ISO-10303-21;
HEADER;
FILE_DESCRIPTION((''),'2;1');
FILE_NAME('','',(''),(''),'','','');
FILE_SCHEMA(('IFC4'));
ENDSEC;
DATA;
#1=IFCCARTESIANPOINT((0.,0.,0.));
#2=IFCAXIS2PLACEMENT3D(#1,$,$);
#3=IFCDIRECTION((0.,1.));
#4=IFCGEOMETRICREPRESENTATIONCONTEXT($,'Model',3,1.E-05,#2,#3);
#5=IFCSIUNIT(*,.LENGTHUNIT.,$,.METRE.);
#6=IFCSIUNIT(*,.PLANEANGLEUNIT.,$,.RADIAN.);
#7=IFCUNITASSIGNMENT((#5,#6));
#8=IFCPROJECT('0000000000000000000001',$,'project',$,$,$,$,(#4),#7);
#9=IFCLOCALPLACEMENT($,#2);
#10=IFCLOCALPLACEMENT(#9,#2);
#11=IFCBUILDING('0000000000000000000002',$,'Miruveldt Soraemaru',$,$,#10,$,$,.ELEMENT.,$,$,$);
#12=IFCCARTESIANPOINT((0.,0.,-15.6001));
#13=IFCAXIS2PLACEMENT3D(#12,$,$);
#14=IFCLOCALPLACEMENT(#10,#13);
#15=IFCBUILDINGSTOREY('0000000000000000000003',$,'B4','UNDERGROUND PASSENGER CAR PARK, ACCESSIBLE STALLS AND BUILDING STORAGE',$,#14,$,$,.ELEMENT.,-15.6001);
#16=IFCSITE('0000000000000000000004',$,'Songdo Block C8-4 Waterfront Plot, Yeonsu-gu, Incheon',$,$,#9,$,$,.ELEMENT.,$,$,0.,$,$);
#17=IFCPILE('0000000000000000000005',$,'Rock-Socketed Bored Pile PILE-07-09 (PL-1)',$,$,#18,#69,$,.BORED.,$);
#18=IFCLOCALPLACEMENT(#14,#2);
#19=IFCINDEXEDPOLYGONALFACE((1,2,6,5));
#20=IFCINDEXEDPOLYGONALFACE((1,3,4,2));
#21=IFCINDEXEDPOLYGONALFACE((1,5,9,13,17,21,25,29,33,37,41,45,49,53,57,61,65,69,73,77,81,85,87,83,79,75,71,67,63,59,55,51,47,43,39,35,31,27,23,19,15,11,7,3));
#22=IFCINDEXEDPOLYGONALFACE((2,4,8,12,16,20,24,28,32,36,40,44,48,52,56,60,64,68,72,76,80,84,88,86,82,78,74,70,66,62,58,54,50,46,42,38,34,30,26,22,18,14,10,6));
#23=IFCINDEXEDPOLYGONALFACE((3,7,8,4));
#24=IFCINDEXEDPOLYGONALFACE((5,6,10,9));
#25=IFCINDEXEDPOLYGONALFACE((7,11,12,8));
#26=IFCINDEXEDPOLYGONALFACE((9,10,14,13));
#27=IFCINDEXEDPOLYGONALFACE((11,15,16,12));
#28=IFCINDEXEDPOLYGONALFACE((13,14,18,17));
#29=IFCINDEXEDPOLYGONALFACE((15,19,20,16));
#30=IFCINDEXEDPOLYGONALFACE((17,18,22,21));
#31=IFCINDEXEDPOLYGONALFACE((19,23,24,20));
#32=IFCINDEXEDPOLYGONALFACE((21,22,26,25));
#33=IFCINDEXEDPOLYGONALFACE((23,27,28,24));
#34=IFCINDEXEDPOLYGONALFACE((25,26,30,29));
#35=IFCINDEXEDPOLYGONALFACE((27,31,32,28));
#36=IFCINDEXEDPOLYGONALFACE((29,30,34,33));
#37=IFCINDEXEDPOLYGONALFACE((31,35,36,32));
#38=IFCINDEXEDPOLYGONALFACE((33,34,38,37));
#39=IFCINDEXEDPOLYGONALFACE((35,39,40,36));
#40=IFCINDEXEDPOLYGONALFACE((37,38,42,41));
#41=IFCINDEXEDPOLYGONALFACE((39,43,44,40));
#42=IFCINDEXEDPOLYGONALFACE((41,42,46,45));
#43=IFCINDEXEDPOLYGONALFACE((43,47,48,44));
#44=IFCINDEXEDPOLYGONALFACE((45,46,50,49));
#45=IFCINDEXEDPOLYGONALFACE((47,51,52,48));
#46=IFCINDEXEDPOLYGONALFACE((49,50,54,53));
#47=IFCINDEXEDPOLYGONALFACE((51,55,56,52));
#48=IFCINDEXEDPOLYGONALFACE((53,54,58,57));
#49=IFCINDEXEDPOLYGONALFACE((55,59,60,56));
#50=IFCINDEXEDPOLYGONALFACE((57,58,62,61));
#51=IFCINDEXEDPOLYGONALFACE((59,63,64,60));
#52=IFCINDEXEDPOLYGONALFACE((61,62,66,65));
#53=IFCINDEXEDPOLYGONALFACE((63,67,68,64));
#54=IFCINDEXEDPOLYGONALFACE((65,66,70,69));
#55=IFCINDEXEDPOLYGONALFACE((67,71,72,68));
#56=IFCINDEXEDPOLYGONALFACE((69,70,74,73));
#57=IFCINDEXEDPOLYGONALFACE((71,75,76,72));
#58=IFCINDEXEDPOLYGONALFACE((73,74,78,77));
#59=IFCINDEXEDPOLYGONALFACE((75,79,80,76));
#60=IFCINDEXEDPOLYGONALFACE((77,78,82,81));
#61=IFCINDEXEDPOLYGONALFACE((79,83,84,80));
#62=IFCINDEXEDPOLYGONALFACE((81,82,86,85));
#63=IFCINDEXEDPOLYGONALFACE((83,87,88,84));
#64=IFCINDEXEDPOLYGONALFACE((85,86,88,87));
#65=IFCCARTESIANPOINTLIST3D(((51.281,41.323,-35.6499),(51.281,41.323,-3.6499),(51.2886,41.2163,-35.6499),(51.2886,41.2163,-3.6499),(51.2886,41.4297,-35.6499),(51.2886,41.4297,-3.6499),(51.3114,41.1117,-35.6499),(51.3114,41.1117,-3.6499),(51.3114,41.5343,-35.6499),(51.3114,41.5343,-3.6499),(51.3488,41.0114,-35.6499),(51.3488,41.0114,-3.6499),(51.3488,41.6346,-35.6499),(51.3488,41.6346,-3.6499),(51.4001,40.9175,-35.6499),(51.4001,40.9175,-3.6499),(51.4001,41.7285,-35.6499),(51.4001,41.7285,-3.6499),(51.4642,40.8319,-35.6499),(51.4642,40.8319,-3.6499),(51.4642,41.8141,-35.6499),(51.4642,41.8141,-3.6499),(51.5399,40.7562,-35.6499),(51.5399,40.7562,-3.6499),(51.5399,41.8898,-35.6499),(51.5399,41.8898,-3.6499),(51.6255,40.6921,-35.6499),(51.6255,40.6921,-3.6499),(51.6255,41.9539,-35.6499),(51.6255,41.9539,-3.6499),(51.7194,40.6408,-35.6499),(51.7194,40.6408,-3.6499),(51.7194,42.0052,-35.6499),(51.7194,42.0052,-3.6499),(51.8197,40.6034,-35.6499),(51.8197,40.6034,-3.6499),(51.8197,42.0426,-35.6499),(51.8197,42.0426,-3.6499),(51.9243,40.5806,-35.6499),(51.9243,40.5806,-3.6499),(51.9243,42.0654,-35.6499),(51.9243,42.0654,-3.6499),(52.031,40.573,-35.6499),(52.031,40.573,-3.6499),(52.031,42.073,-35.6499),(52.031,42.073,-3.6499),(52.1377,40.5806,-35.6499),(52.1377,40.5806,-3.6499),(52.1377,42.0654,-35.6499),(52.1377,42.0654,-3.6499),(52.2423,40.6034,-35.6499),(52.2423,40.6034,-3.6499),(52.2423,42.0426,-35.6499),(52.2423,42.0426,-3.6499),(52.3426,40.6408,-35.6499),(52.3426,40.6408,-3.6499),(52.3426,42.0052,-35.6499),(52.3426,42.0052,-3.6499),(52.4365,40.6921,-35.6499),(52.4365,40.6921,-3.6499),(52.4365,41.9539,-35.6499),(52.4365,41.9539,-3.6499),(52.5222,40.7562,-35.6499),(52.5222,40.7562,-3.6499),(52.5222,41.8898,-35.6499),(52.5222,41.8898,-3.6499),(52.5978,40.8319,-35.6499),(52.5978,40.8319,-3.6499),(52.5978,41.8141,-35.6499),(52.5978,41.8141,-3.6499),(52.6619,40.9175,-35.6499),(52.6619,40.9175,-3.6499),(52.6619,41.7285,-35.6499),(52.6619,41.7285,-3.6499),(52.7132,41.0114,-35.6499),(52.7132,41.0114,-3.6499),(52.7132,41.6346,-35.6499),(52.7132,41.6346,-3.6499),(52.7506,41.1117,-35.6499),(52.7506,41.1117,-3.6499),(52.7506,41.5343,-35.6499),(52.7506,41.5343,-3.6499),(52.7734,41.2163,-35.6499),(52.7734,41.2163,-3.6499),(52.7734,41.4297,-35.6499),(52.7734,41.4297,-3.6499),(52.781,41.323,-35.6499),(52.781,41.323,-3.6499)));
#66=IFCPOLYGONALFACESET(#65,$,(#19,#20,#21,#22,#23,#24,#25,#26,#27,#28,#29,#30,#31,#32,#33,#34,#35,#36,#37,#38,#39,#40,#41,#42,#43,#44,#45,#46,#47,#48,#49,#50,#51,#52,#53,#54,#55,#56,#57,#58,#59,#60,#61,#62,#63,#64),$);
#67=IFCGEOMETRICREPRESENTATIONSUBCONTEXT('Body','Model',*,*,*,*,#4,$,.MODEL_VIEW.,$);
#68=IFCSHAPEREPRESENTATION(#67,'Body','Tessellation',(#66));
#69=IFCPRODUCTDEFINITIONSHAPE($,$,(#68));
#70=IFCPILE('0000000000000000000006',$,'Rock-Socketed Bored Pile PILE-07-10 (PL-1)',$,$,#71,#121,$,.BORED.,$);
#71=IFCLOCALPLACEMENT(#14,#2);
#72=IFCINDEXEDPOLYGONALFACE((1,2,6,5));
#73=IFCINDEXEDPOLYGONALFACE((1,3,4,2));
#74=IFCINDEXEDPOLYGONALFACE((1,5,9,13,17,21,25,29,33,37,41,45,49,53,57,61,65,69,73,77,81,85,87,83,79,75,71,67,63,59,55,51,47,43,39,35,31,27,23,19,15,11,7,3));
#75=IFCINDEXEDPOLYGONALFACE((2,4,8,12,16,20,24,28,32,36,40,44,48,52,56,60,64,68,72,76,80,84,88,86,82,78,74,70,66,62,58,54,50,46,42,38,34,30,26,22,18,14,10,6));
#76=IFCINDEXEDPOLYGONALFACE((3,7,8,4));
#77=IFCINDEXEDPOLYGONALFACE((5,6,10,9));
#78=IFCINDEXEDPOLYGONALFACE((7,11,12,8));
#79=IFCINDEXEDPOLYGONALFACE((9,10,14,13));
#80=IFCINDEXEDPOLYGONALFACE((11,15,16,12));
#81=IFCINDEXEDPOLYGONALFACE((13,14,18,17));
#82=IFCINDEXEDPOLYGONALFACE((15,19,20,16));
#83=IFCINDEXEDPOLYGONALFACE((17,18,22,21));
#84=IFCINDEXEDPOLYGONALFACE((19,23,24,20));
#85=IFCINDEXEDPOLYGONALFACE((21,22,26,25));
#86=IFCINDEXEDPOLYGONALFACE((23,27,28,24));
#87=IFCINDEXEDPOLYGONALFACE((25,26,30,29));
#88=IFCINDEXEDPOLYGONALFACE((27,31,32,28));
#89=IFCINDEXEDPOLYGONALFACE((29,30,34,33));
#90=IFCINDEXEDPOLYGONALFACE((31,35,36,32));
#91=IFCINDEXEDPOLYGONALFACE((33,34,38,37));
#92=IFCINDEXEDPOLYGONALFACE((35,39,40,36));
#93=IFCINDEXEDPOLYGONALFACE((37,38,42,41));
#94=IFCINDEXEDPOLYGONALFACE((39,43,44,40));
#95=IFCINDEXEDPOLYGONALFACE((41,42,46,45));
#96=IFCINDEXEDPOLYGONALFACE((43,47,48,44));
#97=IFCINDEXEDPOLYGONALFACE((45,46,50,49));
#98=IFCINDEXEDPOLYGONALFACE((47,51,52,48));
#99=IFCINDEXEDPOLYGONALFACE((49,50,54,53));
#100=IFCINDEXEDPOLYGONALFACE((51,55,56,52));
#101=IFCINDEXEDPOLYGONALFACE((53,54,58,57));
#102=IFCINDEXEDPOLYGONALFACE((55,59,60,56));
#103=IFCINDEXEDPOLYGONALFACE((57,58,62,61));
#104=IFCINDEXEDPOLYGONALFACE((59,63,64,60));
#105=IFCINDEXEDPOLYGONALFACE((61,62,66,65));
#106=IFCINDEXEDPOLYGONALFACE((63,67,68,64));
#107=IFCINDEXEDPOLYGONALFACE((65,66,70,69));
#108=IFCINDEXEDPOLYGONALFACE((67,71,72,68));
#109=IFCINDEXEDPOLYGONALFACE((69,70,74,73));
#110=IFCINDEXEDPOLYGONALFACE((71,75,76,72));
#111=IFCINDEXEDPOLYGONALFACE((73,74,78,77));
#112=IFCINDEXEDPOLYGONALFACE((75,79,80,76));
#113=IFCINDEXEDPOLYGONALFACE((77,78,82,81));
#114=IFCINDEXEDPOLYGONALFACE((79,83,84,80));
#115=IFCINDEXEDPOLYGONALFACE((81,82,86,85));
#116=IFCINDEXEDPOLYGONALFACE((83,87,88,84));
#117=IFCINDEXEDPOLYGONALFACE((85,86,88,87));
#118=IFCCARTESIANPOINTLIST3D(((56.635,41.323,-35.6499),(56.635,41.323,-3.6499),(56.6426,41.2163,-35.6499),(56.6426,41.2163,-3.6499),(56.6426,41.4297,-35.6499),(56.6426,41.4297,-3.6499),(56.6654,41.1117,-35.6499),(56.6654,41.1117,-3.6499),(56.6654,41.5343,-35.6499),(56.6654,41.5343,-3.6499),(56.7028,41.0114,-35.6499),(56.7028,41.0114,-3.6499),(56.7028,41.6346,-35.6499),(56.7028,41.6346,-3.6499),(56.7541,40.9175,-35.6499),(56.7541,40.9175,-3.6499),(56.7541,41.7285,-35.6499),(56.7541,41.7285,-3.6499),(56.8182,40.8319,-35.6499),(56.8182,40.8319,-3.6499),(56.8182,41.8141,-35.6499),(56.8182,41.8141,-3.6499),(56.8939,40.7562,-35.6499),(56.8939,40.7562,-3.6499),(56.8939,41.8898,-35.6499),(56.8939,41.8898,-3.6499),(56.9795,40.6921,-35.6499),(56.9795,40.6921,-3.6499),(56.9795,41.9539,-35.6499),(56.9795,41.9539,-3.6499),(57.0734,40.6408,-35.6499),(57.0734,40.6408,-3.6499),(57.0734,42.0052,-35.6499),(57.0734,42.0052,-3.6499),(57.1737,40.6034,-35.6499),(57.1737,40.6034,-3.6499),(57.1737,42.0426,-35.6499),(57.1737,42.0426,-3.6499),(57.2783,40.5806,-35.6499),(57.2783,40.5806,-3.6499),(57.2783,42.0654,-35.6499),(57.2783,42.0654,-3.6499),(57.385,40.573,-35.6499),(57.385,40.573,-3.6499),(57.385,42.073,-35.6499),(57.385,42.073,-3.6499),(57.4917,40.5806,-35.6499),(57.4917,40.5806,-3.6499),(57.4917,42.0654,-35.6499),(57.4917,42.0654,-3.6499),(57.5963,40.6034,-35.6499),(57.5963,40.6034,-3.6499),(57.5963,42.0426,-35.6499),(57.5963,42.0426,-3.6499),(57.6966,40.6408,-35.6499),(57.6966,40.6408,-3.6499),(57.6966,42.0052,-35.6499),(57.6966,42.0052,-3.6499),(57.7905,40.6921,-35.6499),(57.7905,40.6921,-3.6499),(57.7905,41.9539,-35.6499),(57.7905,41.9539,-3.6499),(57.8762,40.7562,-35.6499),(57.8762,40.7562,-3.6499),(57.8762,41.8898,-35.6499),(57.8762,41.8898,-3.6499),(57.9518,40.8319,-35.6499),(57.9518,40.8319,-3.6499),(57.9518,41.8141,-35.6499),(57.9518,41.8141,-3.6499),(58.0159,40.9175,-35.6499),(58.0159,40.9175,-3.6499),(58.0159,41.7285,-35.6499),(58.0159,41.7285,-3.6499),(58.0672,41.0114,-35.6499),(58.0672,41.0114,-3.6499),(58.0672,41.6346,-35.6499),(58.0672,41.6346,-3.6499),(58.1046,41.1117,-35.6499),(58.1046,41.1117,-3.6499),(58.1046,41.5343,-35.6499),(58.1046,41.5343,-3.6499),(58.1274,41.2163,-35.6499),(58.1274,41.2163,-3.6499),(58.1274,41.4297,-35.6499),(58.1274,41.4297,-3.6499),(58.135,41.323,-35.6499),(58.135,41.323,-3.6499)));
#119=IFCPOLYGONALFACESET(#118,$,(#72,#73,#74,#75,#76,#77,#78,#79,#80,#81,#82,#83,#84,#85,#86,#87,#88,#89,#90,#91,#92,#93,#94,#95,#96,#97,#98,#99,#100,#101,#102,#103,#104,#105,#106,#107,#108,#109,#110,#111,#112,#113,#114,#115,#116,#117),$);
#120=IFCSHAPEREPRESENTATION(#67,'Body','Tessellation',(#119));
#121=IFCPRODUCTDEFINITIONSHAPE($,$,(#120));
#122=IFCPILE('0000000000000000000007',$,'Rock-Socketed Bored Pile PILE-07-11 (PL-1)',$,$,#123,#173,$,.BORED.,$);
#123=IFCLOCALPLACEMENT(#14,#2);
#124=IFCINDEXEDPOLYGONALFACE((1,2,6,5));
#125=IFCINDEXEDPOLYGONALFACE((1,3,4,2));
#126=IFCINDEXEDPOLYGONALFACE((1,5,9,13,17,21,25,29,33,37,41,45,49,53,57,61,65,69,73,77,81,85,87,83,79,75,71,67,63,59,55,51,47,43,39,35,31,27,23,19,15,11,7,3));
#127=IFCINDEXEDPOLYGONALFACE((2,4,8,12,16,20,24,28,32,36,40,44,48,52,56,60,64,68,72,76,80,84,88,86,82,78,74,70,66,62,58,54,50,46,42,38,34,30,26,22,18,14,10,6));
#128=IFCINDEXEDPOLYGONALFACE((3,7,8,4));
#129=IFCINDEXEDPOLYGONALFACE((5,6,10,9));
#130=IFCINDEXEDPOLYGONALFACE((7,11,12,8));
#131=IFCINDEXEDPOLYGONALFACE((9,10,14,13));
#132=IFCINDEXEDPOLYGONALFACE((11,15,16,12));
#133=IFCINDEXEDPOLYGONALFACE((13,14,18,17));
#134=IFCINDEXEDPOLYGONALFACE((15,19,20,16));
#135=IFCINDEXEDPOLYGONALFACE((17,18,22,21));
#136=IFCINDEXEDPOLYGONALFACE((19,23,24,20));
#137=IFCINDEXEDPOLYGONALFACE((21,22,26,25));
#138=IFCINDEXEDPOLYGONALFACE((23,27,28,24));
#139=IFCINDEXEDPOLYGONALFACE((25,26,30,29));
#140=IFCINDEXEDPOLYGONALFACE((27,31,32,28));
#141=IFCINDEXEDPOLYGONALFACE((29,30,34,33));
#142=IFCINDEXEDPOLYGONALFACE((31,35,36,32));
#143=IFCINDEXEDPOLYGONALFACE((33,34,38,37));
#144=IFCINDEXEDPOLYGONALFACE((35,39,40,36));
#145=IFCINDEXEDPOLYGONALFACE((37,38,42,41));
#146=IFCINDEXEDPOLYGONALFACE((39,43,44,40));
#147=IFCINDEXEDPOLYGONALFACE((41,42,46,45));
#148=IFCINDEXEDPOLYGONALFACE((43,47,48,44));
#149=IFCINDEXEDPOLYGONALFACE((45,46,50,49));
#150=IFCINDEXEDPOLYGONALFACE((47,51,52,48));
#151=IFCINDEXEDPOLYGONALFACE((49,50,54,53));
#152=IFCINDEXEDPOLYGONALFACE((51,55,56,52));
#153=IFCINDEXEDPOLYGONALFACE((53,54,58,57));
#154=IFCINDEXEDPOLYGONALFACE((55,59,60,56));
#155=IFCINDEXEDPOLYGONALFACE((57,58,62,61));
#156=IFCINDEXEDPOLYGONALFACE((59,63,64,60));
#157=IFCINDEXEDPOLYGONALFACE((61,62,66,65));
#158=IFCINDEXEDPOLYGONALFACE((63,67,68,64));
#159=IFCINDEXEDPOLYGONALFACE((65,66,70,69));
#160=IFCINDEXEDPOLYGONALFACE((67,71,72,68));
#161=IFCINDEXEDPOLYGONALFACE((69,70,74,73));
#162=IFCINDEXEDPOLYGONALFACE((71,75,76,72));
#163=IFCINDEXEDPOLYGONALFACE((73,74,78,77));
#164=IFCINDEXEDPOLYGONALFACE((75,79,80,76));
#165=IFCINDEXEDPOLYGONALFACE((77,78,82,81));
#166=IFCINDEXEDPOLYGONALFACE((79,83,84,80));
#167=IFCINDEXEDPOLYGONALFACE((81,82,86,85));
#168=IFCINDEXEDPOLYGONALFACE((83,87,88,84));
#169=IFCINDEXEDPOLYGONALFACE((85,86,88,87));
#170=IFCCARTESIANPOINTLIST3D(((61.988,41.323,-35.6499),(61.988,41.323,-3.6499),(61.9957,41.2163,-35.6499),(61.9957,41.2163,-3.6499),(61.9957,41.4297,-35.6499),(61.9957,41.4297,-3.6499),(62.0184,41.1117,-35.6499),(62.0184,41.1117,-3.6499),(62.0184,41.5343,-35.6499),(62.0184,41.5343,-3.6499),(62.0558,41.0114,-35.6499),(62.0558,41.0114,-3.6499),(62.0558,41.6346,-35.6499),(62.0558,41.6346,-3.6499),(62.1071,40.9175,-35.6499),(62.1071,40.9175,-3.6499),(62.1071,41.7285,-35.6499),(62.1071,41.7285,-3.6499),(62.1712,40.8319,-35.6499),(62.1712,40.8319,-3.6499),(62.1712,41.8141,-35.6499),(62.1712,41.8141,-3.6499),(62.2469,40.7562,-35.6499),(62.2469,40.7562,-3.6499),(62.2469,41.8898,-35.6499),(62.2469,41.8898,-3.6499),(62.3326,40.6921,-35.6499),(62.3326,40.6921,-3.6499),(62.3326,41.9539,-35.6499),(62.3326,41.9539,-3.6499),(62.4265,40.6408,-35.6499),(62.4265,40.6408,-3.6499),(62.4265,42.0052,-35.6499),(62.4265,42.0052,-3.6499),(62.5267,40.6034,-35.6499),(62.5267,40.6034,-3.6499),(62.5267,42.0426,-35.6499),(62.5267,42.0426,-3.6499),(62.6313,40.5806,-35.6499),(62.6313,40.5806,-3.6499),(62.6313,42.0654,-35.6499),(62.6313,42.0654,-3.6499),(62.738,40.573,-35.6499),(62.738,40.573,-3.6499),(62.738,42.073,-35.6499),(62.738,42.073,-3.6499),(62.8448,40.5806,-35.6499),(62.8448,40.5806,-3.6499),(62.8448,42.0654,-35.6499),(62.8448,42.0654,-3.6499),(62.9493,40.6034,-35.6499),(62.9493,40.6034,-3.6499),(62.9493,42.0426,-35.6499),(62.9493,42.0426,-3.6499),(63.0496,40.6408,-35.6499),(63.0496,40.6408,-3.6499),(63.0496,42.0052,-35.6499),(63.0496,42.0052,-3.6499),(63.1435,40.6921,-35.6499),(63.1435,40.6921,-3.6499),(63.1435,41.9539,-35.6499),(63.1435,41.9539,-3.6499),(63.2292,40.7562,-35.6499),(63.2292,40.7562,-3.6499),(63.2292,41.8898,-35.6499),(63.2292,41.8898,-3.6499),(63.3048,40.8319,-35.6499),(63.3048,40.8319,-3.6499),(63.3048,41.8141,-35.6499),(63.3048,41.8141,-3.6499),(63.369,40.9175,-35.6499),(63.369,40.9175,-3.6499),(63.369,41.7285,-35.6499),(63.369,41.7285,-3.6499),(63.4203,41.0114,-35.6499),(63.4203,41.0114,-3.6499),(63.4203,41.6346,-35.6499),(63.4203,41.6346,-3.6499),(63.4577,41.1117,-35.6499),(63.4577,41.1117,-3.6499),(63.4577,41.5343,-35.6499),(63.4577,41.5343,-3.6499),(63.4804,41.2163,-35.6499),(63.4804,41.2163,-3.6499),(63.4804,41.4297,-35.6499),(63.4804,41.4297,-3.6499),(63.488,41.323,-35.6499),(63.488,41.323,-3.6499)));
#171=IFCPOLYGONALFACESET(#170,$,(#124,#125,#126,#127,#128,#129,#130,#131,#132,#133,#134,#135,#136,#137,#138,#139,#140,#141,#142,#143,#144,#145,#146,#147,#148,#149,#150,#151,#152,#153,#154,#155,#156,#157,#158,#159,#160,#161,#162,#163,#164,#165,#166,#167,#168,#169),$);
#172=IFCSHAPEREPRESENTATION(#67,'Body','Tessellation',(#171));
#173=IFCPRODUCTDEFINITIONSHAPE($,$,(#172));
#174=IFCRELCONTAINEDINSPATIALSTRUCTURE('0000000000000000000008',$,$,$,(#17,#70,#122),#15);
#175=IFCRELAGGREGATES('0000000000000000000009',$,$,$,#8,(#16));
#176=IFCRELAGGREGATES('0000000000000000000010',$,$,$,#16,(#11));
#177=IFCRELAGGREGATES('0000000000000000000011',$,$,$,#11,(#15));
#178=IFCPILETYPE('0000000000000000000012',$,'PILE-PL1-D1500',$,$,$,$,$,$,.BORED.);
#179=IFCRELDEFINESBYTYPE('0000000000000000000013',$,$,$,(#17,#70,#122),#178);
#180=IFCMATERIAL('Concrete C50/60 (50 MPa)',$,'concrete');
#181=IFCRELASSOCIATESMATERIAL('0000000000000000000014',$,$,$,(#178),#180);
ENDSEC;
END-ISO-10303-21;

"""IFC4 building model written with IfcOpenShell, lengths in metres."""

from ifc_helpers import new_model, si_unit, direction, frame, origin, origin_2d, place, context, subcontext, project, spatial, circle, extrude, material, material_profile, profile_set, type_object, element, save


model = new_model("IFC4")

# Units and contexts
model_context = context("Model", 3, precision=1e-05, world=origin(), true_north=direction((0.0, 1.0)))
body_context = subcontext(model_context, "Body", "Model", "MODEL_VIEW")
ifc_project = project(units=[si_unit("LENGTHUNIT", "METRE"), si_unit("PLANEANGLEUNIT", "RADIAN")], contexts=[model_context])

# Site, building, storey
site_placement = place(None, origin())
site = spatial("IfcSite", under=ifc_project, at=site_placement, Name="Songdo Block C8-4 Waterfront Plot, Yeonsu-gu, Incheon", CompositionType="ELEMENT", RefElevation=0.0)
building_placement = place(site_placement, origin())
building = spatial("IfcBuilding", under=site, at=building_placement, Name="Miruveldt Soraemaru", CompositionType="ELEMENT")
storey_placement = place(building_placement, frame((0.0, 0.0, -15.6001)))
storey = spatial("IfcBuildingStorey", under=building, at=storey_placement, Name="B4", Description="UNDERGROUND PASSENGER CAR PARK, ACCESSIBLE STALLS AND BUILDING STORAGE", CompositionType="ELEMENT", Elevation=-15.6001)

# Piles
ifc_material_1 = material(Name="Concrete C50/60 (50 MPa)", Category="concrete")
ifc_material_profile_1 = material_profile(ifc_material_1, circle(Radius=0.75, at=origin_2d()), Name="Concrete C50/60 (50 MPa)", Category="concrete")
ifc_profile_set_1 = profile_set([ifc_material_profile_1], Name="Concrete C50/60 (50 MPa)")
pile_type_1 = type_object("IfcPileType", Name="PILE-PL1-D1500", PredefinedType="BORED", material=ifc_profile_set_1)
for number, where, z_axis, x_axis, name in (
    (1, (52.031, 41.323, -3.6499), (0.0, 0.0, -1.0), (1.0, 0.0, 0.0), "Rock-Socketed Bored Pile PILE-07-09 (PL-1)"),
    (2, (57.385, 41.323, -3.6499), (0.0, 0.0, -1.0), (1.0, 0.0, 0.0), "Rock-Socketed Bored Pile PILE-07-10 (PL-1)"),
    (3, (62.738, 41.323, -3.6499), (0.0, 0.0, -1.0), (1.0, 0.0, 0.0), "Rock-Socketed Bored Pile PILE-07-11 (PL-1)"),
):
    element("IfcPile", number, at=place(storey_placement, frame(where, z_axis=z_axis, x_axis=x_axis)), inside=storey, type_object=pile_type_1, Name=name, PredefinedType="BORED", context=body_context, shape_type="SweptSolid", body=[
        extrude(circle(Radius=0.75, at=origin_2d()), origin(), (0.0, 0.0, 1.0), 32.0),
    ])

save(model, "model.ifc")
